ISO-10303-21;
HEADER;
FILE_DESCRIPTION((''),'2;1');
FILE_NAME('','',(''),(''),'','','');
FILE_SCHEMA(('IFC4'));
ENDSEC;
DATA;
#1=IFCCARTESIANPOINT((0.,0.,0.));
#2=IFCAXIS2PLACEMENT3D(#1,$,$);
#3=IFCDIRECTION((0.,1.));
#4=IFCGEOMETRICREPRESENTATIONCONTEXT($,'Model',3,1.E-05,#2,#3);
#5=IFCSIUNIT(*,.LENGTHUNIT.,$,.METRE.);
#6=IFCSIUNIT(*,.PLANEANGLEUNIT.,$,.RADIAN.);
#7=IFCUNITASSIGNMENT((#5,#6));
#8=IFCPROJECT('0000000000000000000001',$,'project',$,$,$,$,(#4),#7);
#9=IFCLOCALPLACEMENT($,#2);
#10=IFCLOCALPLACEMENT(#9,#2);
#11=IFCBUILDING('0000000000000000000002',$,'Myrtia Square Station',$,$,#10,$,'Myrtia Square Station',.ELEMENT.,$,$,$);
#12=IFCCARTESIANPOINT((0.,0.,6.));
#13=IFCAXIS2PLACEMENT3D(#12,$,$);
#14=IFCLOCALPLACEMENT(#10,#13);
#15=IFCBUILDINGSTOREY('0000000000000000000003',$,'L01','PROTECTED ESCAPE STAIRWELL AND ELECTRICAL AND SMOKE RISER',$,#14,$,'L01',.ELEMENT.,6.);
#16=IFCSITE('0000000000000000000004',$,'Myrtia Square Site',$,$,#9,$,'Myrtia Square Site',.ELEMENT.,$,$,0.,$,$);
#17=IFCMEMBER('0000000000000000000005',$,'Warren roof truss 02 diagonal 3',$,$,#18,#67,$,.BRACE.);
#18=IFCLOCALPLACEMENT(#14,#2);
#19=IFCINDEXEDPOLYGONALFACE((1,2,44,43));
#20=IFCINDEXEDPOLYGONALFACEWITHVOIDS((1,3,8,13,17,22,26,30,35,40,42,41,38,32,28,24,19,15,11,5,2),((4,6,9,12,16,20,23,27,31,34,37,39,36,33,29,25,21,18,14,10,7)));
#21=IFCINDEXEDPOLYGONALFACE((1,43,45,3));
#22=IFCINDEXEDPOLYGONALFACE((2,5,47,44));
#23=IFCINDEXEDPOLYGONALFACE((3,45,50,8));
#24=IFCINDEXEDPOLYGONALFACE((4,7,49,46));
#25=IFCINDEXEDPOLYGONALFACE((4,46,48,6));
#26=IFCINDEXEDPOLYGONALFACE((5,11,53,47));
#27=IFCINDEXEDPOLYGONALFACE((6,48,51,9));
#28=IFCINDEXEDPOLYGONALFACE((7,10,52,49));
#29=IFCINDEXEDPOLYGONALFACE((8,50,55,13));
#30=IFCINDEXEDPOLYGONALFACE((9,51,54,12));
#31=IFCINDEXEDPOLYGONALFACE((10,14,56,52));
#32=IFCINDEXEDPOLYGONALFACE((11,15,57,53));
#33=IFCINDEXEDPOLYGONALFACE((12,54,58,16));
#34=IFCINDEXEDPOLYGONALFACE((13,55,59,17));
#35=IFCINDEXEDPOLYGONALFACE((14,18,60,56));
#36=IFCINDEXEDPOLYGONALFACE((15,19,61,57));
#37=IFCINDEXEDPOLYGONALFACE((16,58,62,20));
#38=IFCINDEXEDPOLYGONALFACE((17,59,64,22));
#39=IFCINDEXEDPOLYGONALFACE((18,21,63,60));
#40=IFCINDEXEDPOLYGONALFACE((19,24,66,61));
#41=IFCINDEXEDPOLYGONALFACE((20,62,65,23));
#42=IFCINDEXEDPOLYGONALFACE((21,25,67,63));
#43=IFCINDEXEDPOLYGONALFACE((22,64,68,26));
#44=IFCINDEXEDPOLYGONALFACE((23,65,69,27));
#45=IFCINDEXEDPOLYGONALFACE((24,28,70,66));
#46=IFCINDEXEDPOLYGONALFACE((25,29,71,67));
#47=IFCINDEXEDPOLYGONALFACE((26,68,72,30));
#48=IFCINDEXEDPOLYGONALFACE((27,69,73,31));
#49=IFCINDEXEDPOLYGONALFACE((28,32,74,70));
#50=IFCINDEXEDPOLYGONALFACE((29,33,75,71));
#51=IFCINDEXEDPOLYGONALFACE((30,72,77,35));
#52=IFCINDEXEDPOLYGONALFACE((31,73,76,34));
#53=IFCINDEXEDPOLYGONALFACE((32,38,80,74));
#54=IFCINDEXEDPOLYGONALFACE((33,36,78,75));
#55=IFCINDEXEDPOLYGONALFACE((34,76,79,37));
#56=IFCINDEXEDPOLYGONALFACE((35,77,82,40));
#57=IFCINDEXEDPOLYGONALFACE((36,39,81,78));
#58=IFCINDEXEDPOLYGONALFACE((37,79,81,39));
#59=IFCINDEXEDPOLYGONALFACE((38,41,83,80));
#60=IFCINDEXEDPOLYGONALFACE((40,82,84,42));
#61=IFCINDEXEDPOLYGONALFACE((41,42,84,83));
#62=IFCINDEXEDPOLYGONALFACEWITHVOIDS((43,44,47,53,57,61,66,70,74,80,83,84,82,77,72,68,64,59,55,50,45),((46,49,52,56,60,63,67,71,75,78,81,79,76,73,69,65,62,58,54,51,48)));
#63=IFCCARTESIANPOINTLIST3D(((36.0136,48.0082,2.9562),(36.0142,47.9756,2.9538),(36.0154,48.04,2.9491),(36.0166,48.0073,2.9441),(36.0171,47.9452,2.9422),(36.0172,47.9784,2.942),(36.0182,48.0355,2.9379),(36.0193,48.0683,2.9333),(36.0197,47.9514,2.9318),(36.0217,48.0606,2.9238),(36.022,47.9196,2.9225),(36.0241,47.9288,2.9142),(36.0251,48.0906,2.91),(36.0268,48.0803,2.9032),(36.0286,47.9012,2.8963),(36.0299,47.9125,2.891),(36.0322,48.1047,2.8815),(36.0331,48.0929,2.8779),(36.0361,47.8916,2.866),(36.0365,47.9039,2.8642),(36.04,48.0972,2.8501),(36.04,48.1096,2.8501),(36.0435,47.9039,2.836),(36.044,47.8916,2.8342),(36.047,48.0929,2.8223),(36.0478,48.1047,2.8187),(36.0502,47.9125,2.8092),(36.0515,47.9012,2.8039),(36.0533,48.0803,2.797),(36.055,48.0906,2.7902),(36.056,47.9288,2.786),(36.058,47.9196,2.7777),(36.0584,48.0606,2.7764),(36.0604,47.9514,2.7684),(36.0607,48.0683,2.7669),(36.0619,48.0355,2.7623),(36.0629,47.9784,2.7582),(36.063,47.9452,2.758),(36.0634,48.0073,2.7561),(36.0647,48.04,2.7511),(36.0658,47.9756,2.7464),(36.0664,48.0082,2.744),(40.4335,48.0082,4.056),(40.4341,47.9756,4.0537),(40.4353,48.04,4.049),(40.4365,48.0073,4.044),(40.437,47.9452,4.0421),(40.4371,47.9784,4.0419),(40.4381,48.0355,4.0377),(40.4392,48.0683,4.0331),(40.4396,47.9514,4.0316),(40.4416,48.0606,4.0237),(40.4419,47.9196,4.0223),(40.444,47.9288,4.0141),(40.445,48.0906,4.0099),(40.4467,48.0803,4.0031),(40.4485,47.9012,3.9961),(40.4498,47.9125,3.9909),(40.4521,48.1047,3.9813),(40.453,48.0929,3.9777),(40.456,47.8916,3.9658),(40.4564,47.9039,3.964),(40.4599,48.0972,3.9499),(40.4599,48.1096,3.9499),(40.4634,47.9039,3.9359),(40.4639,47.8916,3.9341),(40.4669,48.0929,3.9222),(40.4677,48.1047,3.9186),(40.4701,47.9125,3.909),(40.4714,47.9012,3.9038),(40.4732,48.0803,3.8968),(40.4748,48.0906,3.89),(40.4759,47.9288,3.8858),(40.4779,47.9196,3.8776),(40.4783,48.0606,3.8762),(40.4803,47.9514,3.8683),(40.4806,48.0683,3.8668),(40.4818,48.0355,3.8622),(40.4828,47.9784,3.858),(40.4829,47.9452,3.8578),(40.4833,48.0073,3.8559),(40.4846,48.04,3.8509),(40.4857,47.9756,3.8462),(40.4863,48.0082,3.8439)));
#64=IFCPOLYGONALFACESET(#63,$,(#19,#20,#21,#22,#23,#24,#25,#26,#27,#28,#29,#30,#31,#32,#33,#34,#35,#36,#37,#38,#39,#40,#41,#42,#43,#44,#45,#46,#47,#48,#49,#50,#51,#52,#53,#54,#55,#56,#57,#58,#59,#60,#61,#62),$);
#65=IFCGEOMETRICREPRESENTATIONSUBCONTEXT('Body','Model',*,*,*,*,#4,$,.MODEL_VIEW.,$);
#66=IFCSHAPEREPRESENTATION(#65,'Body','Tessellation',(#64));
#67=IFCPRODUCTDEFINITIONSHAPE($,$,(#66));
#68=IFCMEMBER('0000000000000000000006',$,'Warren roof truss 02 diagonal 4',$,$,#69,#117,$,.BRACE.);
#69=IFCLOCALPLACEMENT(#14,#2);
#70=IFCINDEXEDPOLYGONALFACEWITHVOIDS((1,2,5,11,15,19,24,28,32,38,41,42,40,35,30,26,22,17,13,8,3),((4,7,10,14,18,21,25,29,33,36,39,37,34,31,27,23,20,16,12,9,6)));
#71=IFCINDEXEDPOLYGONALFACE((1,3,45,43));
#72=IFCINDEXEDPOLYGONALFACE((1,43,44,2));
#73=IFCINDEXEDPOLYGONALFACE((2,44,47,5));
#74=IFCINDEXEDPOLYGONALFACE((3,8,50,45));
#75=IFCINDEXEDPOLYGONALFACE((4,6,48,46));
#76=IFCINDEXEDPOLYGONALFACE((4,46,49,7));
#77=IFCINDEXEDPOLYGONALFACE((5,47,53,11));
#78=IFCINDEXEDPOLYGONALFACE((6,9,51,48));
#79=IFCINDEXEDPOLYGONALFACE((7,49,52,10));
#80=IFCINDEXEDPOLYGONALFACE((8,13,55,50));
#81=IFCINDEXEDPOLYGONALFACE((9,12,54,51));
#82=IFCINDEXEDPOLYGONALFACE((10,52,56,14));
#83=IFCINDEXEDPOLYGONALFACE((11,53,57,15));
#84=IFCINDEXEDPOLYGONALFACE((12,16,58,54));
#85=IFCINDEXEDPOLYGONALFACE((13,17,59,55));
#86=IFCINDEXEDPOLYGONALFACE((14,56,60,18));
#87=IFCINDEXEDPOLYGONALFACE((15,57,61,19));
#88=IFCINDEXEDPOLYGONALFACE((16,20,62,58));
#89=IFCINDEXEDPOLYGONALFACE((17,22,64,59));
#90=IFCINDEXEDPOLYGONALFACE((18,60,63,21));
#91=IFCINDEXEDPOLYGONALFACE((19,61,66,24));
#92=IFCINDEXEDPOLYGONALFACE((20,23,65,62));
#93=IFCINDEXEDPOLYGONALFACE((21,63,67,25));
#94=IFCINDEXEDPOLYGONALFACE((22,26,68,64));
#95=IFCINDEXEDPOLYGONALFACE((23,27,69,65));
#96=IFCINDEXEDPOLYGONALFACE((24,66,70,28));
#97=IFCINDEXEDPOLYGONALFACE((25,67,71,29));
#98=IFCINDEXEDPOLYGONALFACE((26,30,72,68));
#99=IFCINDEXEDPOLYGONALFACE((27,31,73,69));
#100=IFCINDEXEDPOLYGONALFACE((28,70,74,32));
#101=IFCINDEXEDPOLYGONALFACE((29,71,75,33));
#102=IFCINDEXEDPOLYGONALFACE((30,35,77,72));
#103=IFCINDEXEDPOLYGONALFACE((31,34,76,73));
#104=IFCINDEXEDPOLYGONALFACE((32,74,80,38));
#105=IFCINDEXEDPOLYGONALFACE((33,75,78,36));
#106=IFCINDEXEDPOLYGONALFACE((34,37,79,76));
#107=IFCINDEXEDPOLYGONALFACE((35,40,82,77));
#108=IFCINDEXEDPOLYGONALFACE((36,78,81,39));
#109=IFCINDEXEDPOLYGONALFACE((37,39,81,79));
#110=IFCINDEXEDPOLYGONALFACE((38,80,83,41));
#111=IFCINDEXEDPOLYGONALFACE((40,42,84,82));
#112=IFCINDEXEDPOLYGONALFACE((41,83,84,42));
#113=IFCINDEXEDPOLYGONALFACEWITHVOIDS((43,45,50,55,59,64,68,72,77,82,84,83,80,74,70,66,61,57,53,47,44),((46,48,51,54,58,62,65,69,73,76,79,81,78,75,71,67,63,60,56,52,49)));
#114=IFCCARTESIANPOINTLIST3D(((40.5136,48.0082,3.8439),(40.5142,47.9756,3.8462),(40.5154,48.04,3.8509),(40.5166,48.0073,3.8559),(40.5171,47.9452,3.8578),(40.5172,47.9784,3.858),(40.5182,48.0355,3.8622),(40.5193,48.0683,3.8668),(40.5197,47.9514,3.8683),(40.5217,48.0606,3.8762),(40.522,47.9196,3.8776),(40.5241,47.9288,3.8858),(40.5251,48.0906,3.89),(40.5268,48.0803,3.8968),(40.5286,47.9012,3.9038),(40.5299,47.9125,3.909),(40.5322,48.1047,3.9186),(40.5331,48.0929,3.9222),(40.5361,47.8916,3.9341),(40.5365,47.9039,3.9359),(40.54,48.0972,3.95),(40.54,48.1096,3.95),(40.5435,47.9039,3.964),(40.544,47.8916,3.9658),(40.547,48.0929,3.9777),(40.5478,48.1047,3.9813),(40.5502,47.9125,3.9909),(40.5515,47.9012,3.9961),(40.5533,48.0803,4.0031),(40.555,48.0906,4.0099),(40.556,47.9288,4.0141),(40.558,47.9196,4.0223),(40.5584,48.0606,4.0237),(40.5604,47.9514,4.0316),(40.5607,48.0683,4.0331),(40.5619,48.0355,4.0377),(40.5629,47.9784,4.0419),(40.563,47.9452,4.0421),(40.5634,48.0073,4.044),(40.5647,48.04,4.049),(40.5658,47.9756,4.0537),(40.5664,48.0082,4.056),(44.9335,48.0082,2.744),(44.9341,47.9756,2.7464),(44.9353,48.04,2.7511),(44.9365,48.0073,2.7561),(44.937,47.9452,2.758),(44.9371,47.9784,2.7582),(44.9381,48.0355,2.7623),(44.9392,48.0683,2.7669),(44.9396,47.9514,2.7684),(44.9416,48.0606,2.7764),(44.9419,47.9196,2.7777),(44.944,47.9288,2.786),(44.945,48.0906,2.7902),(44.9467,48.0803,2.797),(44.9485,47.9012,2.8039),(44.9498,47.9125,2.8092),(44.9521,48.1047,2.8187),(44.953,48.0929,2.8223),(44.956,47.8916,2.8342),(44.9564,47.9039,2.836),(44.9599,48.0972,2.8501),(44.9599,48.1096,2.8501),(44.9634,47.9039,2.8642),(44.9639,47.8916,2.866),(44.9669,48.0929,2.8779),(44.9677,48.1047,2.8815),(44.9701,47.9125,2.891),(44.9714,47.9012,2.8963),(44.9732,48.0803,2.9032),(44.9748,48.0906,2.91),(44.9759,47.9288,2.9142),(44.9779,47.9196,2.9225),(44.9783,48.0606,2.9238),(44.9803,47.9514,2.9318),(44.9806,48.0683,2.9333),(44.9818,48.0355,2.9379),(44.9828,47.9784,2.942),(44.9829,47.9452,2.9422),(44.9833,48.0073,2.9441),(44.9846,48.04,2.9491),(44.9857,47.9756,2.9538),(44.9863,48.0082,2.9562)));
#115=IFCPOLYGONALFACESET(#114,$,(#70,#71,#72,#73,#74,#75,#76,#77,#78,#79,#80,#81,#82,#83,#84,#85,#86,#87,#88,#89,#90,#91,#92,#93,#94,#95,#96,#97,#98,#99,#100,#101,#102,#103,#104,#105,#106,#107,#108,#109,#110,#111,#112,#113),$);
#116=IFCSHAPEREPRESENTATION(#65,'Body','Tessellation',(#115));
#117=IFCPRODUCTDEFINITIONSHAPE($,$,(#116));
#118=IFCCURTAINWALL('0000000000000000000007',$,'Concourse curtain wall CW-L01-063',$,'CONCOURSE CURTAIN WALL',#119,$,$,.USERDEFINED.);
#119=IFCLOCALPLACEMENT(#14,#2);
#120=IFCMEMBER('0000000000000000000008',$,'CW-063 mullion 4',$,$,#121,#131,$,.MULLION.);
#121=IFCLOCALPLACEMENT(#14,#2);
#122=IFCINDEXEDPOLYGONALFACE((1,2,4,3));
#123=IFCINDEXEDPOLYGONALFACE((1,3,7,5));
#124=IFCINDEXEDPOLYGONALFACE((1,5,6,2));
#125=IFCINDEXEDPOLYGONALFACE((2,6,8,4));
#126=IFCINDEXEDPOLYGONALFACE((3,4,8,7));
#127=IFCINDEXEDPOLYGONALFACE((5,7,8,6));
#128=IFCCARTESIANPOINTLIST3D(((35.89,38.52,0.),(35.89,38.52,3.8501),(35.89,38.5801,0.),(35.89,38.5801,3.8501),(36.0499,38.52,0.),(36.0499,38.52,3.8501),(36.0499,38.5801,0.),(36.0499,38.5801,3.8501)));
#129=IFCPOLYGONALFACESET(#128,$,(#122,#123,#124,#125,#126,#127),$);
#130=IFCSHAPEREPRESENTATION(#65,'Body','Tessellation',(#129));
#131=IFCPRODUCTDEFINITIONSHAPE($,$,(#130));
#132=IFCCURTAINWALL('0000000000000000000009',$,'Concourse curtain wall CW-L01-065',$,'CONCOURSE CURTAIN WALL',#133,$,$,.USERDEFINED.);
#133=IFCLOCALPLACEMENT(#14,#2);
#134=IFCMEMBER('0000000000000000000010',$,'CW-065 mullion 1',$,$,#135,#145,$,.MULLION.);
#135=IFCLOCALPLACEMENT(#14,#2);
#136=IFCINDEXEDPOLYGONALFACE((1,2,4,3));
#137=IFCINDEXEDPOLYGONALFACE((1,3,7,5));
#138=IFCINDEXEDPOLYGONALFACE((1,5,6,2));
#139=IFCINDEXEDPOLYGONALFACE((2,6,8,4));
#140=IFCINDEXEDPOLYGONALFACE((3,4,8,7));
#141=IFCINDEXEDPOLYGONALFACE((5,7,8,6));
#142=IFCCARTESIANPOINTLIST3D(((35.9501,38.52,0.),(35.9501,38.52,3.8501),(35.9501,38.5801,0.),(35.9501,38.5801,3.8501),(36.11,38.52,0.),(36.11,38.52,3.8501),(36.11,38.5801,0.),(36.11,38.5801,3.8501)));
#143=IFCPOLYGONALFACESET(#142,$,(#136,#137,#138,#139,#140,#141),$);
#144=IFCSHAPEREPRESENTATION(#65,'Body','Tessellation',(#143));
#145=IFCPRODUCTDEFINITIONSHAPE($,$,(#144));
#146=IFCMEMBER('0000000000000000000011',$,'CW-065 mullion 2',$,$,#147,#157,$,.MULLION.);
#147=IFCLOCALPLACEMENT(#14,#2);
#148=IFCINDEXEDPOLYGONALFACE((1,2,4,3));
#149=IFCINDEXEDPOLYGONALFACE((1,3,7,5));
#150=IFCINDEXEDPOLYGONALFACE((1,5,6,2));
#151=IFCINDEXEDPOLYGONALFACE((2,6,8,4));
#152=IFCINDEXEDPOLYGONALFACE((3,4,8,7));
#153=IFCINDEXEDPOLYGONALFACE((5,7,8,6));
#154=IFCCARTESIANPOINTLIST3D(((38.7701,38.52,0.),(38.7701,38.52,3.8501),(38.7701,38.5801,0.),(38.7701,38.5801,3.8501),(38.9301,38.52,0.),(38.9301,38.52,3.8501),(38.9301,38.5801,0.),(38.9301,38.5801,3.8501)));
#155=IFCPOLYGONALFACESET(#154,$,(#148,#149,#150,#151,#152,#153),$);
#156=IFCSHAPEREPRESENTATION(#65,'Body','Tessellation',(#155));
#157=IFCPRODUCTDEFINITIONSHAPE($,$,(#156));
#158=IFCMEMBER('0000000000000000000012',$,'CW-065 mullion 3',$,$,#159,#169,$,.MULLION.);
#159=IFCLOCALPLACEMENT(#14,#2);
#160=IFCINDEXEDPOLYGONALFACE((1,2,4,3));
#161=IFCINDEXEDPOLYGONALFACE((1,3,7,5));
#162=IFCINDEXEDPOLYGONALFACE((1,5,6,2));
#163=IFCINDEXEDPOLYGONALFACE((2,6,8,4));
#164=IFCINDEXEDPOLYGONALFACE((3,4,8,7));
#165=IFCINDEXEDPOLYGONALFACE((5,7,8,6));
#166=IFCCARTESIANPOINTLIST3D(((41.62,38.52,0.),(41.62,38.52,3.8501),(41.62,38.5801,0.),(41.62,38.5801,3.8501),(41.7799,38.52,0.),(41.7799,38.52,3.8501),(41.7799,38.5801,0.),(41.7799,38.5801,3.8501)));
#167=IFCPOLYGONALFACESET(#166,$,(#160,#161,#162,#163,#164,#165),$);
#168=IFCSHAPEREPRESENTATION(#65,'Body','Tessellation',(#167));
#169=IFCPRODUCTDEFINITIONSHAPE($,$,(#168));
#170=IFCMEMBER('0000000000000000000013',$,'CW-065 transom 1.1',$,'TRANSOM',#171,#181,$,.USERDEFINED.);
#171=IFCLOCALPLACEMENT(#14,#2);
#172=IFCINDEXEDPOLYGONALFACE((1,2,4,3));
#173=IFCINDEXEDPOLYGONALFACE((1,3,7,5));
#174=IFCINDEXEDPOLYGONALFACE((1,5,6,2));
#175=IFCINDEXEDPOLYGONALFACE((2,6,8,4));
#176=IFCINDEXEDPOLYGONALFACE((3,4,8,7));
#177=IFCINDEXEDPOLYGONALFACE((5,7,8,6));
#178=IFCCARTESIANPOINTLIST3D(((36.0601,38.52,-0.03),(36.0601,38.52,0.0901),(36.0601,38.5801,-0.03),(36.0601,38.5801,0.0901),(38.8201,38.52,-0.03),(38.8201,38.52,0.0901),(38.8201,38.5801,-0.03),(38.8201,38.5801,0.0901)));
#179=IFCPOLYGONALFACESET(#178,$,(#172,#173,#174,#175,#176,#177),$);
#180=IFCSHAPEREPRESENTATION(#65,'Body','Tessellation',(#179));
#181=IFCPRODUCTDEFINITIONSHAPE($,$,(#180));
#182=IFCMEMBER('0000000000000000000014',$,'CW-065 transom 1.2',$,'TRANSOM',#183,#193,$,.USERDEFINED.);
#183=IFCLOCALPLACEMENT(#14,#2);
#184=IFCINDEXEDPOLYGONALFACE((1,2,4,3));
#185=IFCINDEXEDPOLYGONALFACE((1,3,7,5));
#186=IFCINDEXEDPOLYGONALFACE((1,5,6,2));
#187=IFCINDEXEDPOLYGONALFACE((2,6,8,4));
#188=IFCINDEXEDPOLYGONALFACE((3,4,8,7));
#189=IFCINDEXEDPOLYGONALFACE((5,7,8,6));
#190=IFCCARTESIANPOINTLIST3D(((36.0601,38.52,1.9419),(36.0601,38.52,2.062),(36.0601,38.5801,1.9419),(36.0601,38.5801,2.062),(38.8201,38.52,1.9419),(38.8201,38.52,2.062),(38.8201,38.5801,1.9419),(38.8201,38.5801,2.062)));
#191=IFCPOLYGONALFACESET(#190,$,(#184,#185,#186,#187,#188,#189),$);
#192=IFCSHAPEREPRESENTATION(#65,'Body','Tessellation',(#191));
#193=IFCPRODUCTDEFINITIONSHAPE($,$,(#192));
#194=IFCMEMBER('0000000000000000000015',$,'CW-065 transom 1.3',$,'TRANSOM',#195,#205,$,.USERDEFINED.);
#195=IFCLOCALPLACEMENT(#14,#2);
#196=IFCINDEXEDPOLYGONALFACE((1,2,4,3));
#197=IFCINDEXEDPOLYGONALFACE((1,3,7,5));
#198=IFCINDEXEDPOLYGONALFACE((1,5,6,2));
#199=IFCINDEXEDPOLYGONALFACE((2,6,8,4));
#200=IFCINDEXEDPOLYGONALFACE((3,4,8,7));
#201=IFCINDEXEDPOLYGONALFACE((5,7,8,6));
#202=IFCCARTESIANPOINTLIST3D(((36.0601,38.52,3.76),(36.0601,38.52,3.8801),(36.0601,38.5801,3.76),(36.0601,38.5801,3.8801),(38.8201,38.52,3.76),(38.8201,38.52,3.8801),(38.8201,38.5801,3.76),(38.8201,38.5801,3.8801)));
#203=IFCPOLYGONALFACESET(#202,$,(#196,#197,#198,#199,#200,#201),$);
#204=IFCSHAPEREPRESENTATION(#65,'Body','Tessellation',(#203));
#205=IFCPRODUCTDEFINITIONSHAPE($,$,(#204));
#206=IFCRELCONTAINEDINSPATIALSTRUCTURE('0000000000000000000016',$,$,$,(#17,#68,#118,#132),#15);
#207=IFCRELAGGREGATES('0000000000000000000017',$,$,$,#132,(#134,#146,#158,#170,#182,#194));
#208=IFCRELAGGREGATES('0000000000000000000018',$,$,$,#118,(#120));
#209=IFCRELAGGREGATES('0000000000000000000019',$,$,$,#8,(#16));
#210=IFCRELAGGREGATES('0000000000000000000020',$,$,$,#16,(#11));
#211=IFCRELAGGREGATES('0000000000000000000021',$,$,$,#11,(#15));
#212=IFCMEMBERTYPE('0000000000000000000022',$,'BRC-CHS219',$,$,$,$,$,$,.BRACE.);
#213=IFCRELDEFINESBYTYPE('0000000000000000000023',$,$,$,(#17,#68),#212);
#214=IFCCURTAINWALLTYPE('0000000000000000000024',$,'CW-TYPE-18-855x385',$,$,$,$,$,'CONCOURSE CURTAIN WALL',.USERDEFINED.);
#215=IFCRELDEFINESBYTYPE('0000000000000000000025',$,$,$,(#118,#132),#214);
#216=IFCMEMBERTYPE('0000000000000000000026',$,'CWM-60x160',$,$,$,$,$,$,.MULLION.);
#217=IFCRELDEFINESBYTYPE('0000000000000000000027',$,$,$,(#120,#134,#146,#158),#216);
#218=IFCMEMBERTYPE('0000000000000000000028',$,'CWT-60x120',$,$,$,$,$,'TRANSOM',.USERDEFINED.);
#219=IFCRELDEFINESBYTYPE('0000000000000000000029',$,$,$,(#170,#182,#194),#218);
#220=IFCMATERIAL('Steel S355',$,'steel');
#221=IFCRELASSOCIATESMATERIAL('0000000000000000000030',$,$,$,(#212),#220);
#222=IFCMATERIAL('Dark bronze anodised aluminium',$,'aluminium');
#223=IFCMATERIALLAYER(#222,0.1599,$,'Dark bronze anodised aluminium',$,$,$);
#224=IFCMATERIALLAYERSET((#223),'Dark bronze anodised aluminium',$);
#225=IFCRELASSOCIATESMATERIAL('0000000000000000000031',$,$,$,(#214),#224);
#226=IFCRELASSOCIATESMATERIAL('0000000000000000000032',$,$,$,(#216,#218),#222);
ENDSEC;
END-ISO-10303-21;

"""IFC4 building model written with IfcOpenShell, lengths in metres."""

from ifc_helpers import new_model, si_unit, direction, frame, origin, origin_2d, place, context, subcontext, project, spatial, rectangle, hollow_circle, extrude, material, layer, layer_set, material_profile, profile_set, type_object, element, aggregate, save


model = new_model("IFC4")

# Units and contexts
model_context = context("Model", 3, precision=1e-05, world=origin(), true_north=direction((0.0, 1.0)))
body_context = subcontext(model_context, "Body", "Model", "MODEL_VIEW")
ifc_project = project(units=[si_unit("LENGTHUNIT", "METRE"), si_unit("PLANEANGLEUNIT", "RADIAN")], contexts=[model_context])

# Site, building, storey
site_placement = place(None, origin())
site = spatial("IfcSite", under=ifc_project, at=site_placement, Name="Myrtia Square Site", LongName="Myrtia Square Site", CompositionType="ELEMENT", RefElevation=0.0)
building_placement = place(site_placement, origin())
building = spatial("IfcBuilding", under=site, at=building_placement, Name="Myrtia Square Station", LongName="Myrtia Square Station", CompositionType="ELEMENT")
storey_placement = place(building_placement, frame((0.0, 0.0, 6.0)))
storey = spatial("IfcBuildingStorey", under=building, at=storey_placement, Name="L01", Description="PROTECTED ESCAPE STAIRWELL AND ELECTRICAL AND SMOKE RISER", LongName="L01", CompositionType="ELEMENT", Elevation=6.0)

# Members
ifc_material_1 = material(Name="Steel S355", Category="steel")
ifc_material_profile_1 = material_profile(ifc_material_1, hollow_circle(Radius=0.1096, WallThickness=0.0125, at=origin_2d()), Name="CHS 219.1x12.5")
ifc_profile_set_1 = profile_set([ifc_material_profile_1], Name="Steel S355")
member_type_1 = type_object("IfcMemberType", Name="BRC-CHS219", PredefinedType="BRACE", material=ifc_profile_set_1)
for number, where, z_axis, x_axis, name in (
    (1, (36.04, 48.0, 2.8501), (0.970407, 0.0, 0.241476), (0.0, 1.0, 0.0), "Warren roof truss 02 diagonal 3"),
    (2, (40.54, 48.0, 3.95), (0.970407, 0.0, -0.241476), (0.0, 1.0, 0.0), "Warren roof truss 02 diagonal 4"),
):
    element("IfcMember", number, at=place(storey_placement, frame(where, z_axis=z_axis, x_axis=x_axis)), inside=storey, type_object=member_type_1, Name=name, PredefinedType="BRACE", context=body_context, shape_type="SweptSolid", body=[
        extrude(hollow_circle(Radius=0.1096, WallThickness=0.0125, at=origin_2d()), origin(), (0.0, 0.0, 1.0), 4.5547),
    ])

# Curtain wall, member
ifc_material_2 = material(Name="Dark bronze anodised aluminium", Category="aluminium")
ifc_layer_1 = layer(ifc_material_2, 0.1599, Name="Dark bronze anodised aluminium")
ifc_layer_set_1 = layer_set([ifc_layer_1], Name="Dark bronze anodised aluminium")
curtain_wall_type = type_object("IfcCurtainWallType", Name="CW-TYPE-18-855x385", ElementType="CONCOURSE CURTAIN WALL", PredefinedType="USERDEFINED", material=ifc_layer_set_1)
curtain_wall_1_placement = place(storey_placement, origin())
curtain_wall_1 = element("IfcCurtainWall", 3, at=curtain_wall_1_placement, inside=storey, type_object=curtain_wall_type, Name="Concourse curtain wall CW-L01-063", ObjectType="CONCOURSE CURTAIN WALL", PredefinedType="USERDEFINED")
ifc_material_profile_2 = material_profile(ifc_material_2, rectangle(XDim=0.0601, YDim=0.1599, at=origin_2d()), Name="ALU-M 60x160")
ifc_profile_set_2 = profile_set([ifc_material_profile_2], Name="Dark bronze anodised aluminium")
member_type_2 = type_object("IfcMemberType", Name="CWM-60x160", PredefinedType="MULLION", material=ifc_profile_set_2)
member_1_placement = place(storey_placement, frame((35.97, 38.55, 0.0), z_axis=(0.0, 0.0, 1.0), x_axis=(0.0, 1.0, 0.0)))
member_1 = element("IfcMember", 4, at=member_1_placement, type_object=member_type_2, Name="CW-063 mullion 4", PredefinedType="MULLION", context=body_context, shape_type="SweptSolid", body=[
    extrude(rectangle(XDim=0.0601, YDim=0.1599, at=origin_2d()), origin(), (0.0, 0.0, 1.0), 3.8501),
])

# Curtain wall, members
curtain_wall_2_placement = place(storey_placement, origin())
curtain_wall_2 = element("IfcCurtainWall", 5, at=curtain_wall_2_placement, inside=storey, type_object=curtain_wall_type, Name="Concourse curtain wall CW-L01-065", ObjectType="CONCOURSE CURTAIN WALL", PredefinedType="USERDEFINED")
member_2_placement = place(storey_placement, frame((36.03, 38.55, 0.0), z_axis=(0.0, 0.0, 1.0), x_axis=(0.0, 1.0, 0.0)))
member_2 = element("IfcMember", 6, at=member_2_placement, type_object=member_type_2, Name="CW-065 mullion 1", PredefinedType="MULLION", context=body_context, shape_type="SweptSolid", body=[
    extrude(rectangle(XDim=0.0601, YDim=0.1599, at=origin_2d()), origin(), (0.0, 0.0, 1.0), 3.8501),
])
member_3_placement = place(storey_placement, frame((38.8501, 38.55, 0.0), z_axis=(0.0, 0.0, 1.0), x_axis=(0.0, 1.0, 0.0)))
member_3 = element("IfcMember", 7, at=member_3_placement, type_object=member_type_2, Name="CW-065 mullion 2", PredefinedType="MULLION", context=body_context, shape_type="SweptSolid", body=[
    extrude(rectangle(XDim=0.0601, YDim=0.1599, at=origin_2d()), origin(), (0.0, 0.0, 1.0), 3.8501),
])
member_4_placement = place(storey_placement, frame((41.7, 38.55, 0.0), z_axis=(0.0, 0.0, 1.0), x_axis=(0.0, 1.0, 0.0)))
member_4 = element("IfcMember", 8, at=member_4_placement, type_object=member_type_2, Name="CW-065 mullion 3", PredefinedType="MULLION", context=body_context, shape_type="SweptSolid", body=[
    extrude(rectangle(XDim=0.0601, YDim=0.1599, at=origin_2d()), origin(), (0.0, 0.0, 1.0), 3.8501),
])
ifc_material_profile_3 = material_profile(ifc_material_2, rectangle(XDim=0.0601, YDim=0.1201, at=origin_2d()), Name="ALU-T 60x120")
ifc_profile_set_3 = profile_set([ifc_material_profile_3], Name="Dark bronze anodised aluminium")
member_type_3 = type_object("IfcMemberType", Name="CWT-60x120", ElementType="TRANSOM", PredefinedType="USERDEFINED", material=ifc_profile_set_3)
member_5_placement = place(storey_placement, frame((36.0601, 38.55, 0.03), z_axis=(1.0, 0.0, 0.0), x_axis=(0.0, 1.0, 0.0)))
member_5 = element("IfcMember", 9, at=member_5_placement, type_object=member_type_3, Name="CW-065 transom 1.1", ObjectType="TRANSOM", PredefinedType="USERDEFINED", context=body_context, shape_type="SweptSolid", body=[
    extrude(rectangle(XDim=0.0601, YDim=0.1201, at=origin_2d()), origin(), (0.0, 0.0, 1.0), 2.76),
])
member_6_placement = place(storey_placement, frame((36.0601, 38.55, 2.002), z_axis=(1.0, 0.0, 0.0), x_axis=(0.0, 1.0, 0.0)))
member_6 = element("IfcMember", 10, at=member_6_placement, type_object=member_type_3, Name="CW-065 transom 1.2", ObjectType="TRANSOM", PredefinedType="USERDEFINED", context=body_context, shape_type="SweptSolid", body=[
    extrude(rectangle(XDim=0.0601, YDim=0.1201, at=origin_2d()), origin(), (0.0, 0.0, 1.0), 2.76),
])
member_7_placement = place(storey_placement, frame((36.0601, 38.55, 3.8201), z_axis=(1.0, 0.0, 0.0), x_axis=(0.0, 1.0, 0.0)))
member_7 = element("IfcMember", 11, at=member_7_placement, type_object=member_type_3, Name="CW-065 transom 1.3", ObjectType="TRANSOM", PredefinedType="USERDEFINED", context=body_context, shape_type="SweptSolid", body=[
    extrude(rectangle(XDim=0.0601, YDim=0.1201, at=origin_2d()), origin(), (0.0, 0.0, 1.0), 2.76),
])
aggregate(curtain_wall_2, [member_2, member_3, member_4, member_5, member_6, member_7])

aggregate(curtain_wall_1, [member_1])

save(model, "model.ifc")
